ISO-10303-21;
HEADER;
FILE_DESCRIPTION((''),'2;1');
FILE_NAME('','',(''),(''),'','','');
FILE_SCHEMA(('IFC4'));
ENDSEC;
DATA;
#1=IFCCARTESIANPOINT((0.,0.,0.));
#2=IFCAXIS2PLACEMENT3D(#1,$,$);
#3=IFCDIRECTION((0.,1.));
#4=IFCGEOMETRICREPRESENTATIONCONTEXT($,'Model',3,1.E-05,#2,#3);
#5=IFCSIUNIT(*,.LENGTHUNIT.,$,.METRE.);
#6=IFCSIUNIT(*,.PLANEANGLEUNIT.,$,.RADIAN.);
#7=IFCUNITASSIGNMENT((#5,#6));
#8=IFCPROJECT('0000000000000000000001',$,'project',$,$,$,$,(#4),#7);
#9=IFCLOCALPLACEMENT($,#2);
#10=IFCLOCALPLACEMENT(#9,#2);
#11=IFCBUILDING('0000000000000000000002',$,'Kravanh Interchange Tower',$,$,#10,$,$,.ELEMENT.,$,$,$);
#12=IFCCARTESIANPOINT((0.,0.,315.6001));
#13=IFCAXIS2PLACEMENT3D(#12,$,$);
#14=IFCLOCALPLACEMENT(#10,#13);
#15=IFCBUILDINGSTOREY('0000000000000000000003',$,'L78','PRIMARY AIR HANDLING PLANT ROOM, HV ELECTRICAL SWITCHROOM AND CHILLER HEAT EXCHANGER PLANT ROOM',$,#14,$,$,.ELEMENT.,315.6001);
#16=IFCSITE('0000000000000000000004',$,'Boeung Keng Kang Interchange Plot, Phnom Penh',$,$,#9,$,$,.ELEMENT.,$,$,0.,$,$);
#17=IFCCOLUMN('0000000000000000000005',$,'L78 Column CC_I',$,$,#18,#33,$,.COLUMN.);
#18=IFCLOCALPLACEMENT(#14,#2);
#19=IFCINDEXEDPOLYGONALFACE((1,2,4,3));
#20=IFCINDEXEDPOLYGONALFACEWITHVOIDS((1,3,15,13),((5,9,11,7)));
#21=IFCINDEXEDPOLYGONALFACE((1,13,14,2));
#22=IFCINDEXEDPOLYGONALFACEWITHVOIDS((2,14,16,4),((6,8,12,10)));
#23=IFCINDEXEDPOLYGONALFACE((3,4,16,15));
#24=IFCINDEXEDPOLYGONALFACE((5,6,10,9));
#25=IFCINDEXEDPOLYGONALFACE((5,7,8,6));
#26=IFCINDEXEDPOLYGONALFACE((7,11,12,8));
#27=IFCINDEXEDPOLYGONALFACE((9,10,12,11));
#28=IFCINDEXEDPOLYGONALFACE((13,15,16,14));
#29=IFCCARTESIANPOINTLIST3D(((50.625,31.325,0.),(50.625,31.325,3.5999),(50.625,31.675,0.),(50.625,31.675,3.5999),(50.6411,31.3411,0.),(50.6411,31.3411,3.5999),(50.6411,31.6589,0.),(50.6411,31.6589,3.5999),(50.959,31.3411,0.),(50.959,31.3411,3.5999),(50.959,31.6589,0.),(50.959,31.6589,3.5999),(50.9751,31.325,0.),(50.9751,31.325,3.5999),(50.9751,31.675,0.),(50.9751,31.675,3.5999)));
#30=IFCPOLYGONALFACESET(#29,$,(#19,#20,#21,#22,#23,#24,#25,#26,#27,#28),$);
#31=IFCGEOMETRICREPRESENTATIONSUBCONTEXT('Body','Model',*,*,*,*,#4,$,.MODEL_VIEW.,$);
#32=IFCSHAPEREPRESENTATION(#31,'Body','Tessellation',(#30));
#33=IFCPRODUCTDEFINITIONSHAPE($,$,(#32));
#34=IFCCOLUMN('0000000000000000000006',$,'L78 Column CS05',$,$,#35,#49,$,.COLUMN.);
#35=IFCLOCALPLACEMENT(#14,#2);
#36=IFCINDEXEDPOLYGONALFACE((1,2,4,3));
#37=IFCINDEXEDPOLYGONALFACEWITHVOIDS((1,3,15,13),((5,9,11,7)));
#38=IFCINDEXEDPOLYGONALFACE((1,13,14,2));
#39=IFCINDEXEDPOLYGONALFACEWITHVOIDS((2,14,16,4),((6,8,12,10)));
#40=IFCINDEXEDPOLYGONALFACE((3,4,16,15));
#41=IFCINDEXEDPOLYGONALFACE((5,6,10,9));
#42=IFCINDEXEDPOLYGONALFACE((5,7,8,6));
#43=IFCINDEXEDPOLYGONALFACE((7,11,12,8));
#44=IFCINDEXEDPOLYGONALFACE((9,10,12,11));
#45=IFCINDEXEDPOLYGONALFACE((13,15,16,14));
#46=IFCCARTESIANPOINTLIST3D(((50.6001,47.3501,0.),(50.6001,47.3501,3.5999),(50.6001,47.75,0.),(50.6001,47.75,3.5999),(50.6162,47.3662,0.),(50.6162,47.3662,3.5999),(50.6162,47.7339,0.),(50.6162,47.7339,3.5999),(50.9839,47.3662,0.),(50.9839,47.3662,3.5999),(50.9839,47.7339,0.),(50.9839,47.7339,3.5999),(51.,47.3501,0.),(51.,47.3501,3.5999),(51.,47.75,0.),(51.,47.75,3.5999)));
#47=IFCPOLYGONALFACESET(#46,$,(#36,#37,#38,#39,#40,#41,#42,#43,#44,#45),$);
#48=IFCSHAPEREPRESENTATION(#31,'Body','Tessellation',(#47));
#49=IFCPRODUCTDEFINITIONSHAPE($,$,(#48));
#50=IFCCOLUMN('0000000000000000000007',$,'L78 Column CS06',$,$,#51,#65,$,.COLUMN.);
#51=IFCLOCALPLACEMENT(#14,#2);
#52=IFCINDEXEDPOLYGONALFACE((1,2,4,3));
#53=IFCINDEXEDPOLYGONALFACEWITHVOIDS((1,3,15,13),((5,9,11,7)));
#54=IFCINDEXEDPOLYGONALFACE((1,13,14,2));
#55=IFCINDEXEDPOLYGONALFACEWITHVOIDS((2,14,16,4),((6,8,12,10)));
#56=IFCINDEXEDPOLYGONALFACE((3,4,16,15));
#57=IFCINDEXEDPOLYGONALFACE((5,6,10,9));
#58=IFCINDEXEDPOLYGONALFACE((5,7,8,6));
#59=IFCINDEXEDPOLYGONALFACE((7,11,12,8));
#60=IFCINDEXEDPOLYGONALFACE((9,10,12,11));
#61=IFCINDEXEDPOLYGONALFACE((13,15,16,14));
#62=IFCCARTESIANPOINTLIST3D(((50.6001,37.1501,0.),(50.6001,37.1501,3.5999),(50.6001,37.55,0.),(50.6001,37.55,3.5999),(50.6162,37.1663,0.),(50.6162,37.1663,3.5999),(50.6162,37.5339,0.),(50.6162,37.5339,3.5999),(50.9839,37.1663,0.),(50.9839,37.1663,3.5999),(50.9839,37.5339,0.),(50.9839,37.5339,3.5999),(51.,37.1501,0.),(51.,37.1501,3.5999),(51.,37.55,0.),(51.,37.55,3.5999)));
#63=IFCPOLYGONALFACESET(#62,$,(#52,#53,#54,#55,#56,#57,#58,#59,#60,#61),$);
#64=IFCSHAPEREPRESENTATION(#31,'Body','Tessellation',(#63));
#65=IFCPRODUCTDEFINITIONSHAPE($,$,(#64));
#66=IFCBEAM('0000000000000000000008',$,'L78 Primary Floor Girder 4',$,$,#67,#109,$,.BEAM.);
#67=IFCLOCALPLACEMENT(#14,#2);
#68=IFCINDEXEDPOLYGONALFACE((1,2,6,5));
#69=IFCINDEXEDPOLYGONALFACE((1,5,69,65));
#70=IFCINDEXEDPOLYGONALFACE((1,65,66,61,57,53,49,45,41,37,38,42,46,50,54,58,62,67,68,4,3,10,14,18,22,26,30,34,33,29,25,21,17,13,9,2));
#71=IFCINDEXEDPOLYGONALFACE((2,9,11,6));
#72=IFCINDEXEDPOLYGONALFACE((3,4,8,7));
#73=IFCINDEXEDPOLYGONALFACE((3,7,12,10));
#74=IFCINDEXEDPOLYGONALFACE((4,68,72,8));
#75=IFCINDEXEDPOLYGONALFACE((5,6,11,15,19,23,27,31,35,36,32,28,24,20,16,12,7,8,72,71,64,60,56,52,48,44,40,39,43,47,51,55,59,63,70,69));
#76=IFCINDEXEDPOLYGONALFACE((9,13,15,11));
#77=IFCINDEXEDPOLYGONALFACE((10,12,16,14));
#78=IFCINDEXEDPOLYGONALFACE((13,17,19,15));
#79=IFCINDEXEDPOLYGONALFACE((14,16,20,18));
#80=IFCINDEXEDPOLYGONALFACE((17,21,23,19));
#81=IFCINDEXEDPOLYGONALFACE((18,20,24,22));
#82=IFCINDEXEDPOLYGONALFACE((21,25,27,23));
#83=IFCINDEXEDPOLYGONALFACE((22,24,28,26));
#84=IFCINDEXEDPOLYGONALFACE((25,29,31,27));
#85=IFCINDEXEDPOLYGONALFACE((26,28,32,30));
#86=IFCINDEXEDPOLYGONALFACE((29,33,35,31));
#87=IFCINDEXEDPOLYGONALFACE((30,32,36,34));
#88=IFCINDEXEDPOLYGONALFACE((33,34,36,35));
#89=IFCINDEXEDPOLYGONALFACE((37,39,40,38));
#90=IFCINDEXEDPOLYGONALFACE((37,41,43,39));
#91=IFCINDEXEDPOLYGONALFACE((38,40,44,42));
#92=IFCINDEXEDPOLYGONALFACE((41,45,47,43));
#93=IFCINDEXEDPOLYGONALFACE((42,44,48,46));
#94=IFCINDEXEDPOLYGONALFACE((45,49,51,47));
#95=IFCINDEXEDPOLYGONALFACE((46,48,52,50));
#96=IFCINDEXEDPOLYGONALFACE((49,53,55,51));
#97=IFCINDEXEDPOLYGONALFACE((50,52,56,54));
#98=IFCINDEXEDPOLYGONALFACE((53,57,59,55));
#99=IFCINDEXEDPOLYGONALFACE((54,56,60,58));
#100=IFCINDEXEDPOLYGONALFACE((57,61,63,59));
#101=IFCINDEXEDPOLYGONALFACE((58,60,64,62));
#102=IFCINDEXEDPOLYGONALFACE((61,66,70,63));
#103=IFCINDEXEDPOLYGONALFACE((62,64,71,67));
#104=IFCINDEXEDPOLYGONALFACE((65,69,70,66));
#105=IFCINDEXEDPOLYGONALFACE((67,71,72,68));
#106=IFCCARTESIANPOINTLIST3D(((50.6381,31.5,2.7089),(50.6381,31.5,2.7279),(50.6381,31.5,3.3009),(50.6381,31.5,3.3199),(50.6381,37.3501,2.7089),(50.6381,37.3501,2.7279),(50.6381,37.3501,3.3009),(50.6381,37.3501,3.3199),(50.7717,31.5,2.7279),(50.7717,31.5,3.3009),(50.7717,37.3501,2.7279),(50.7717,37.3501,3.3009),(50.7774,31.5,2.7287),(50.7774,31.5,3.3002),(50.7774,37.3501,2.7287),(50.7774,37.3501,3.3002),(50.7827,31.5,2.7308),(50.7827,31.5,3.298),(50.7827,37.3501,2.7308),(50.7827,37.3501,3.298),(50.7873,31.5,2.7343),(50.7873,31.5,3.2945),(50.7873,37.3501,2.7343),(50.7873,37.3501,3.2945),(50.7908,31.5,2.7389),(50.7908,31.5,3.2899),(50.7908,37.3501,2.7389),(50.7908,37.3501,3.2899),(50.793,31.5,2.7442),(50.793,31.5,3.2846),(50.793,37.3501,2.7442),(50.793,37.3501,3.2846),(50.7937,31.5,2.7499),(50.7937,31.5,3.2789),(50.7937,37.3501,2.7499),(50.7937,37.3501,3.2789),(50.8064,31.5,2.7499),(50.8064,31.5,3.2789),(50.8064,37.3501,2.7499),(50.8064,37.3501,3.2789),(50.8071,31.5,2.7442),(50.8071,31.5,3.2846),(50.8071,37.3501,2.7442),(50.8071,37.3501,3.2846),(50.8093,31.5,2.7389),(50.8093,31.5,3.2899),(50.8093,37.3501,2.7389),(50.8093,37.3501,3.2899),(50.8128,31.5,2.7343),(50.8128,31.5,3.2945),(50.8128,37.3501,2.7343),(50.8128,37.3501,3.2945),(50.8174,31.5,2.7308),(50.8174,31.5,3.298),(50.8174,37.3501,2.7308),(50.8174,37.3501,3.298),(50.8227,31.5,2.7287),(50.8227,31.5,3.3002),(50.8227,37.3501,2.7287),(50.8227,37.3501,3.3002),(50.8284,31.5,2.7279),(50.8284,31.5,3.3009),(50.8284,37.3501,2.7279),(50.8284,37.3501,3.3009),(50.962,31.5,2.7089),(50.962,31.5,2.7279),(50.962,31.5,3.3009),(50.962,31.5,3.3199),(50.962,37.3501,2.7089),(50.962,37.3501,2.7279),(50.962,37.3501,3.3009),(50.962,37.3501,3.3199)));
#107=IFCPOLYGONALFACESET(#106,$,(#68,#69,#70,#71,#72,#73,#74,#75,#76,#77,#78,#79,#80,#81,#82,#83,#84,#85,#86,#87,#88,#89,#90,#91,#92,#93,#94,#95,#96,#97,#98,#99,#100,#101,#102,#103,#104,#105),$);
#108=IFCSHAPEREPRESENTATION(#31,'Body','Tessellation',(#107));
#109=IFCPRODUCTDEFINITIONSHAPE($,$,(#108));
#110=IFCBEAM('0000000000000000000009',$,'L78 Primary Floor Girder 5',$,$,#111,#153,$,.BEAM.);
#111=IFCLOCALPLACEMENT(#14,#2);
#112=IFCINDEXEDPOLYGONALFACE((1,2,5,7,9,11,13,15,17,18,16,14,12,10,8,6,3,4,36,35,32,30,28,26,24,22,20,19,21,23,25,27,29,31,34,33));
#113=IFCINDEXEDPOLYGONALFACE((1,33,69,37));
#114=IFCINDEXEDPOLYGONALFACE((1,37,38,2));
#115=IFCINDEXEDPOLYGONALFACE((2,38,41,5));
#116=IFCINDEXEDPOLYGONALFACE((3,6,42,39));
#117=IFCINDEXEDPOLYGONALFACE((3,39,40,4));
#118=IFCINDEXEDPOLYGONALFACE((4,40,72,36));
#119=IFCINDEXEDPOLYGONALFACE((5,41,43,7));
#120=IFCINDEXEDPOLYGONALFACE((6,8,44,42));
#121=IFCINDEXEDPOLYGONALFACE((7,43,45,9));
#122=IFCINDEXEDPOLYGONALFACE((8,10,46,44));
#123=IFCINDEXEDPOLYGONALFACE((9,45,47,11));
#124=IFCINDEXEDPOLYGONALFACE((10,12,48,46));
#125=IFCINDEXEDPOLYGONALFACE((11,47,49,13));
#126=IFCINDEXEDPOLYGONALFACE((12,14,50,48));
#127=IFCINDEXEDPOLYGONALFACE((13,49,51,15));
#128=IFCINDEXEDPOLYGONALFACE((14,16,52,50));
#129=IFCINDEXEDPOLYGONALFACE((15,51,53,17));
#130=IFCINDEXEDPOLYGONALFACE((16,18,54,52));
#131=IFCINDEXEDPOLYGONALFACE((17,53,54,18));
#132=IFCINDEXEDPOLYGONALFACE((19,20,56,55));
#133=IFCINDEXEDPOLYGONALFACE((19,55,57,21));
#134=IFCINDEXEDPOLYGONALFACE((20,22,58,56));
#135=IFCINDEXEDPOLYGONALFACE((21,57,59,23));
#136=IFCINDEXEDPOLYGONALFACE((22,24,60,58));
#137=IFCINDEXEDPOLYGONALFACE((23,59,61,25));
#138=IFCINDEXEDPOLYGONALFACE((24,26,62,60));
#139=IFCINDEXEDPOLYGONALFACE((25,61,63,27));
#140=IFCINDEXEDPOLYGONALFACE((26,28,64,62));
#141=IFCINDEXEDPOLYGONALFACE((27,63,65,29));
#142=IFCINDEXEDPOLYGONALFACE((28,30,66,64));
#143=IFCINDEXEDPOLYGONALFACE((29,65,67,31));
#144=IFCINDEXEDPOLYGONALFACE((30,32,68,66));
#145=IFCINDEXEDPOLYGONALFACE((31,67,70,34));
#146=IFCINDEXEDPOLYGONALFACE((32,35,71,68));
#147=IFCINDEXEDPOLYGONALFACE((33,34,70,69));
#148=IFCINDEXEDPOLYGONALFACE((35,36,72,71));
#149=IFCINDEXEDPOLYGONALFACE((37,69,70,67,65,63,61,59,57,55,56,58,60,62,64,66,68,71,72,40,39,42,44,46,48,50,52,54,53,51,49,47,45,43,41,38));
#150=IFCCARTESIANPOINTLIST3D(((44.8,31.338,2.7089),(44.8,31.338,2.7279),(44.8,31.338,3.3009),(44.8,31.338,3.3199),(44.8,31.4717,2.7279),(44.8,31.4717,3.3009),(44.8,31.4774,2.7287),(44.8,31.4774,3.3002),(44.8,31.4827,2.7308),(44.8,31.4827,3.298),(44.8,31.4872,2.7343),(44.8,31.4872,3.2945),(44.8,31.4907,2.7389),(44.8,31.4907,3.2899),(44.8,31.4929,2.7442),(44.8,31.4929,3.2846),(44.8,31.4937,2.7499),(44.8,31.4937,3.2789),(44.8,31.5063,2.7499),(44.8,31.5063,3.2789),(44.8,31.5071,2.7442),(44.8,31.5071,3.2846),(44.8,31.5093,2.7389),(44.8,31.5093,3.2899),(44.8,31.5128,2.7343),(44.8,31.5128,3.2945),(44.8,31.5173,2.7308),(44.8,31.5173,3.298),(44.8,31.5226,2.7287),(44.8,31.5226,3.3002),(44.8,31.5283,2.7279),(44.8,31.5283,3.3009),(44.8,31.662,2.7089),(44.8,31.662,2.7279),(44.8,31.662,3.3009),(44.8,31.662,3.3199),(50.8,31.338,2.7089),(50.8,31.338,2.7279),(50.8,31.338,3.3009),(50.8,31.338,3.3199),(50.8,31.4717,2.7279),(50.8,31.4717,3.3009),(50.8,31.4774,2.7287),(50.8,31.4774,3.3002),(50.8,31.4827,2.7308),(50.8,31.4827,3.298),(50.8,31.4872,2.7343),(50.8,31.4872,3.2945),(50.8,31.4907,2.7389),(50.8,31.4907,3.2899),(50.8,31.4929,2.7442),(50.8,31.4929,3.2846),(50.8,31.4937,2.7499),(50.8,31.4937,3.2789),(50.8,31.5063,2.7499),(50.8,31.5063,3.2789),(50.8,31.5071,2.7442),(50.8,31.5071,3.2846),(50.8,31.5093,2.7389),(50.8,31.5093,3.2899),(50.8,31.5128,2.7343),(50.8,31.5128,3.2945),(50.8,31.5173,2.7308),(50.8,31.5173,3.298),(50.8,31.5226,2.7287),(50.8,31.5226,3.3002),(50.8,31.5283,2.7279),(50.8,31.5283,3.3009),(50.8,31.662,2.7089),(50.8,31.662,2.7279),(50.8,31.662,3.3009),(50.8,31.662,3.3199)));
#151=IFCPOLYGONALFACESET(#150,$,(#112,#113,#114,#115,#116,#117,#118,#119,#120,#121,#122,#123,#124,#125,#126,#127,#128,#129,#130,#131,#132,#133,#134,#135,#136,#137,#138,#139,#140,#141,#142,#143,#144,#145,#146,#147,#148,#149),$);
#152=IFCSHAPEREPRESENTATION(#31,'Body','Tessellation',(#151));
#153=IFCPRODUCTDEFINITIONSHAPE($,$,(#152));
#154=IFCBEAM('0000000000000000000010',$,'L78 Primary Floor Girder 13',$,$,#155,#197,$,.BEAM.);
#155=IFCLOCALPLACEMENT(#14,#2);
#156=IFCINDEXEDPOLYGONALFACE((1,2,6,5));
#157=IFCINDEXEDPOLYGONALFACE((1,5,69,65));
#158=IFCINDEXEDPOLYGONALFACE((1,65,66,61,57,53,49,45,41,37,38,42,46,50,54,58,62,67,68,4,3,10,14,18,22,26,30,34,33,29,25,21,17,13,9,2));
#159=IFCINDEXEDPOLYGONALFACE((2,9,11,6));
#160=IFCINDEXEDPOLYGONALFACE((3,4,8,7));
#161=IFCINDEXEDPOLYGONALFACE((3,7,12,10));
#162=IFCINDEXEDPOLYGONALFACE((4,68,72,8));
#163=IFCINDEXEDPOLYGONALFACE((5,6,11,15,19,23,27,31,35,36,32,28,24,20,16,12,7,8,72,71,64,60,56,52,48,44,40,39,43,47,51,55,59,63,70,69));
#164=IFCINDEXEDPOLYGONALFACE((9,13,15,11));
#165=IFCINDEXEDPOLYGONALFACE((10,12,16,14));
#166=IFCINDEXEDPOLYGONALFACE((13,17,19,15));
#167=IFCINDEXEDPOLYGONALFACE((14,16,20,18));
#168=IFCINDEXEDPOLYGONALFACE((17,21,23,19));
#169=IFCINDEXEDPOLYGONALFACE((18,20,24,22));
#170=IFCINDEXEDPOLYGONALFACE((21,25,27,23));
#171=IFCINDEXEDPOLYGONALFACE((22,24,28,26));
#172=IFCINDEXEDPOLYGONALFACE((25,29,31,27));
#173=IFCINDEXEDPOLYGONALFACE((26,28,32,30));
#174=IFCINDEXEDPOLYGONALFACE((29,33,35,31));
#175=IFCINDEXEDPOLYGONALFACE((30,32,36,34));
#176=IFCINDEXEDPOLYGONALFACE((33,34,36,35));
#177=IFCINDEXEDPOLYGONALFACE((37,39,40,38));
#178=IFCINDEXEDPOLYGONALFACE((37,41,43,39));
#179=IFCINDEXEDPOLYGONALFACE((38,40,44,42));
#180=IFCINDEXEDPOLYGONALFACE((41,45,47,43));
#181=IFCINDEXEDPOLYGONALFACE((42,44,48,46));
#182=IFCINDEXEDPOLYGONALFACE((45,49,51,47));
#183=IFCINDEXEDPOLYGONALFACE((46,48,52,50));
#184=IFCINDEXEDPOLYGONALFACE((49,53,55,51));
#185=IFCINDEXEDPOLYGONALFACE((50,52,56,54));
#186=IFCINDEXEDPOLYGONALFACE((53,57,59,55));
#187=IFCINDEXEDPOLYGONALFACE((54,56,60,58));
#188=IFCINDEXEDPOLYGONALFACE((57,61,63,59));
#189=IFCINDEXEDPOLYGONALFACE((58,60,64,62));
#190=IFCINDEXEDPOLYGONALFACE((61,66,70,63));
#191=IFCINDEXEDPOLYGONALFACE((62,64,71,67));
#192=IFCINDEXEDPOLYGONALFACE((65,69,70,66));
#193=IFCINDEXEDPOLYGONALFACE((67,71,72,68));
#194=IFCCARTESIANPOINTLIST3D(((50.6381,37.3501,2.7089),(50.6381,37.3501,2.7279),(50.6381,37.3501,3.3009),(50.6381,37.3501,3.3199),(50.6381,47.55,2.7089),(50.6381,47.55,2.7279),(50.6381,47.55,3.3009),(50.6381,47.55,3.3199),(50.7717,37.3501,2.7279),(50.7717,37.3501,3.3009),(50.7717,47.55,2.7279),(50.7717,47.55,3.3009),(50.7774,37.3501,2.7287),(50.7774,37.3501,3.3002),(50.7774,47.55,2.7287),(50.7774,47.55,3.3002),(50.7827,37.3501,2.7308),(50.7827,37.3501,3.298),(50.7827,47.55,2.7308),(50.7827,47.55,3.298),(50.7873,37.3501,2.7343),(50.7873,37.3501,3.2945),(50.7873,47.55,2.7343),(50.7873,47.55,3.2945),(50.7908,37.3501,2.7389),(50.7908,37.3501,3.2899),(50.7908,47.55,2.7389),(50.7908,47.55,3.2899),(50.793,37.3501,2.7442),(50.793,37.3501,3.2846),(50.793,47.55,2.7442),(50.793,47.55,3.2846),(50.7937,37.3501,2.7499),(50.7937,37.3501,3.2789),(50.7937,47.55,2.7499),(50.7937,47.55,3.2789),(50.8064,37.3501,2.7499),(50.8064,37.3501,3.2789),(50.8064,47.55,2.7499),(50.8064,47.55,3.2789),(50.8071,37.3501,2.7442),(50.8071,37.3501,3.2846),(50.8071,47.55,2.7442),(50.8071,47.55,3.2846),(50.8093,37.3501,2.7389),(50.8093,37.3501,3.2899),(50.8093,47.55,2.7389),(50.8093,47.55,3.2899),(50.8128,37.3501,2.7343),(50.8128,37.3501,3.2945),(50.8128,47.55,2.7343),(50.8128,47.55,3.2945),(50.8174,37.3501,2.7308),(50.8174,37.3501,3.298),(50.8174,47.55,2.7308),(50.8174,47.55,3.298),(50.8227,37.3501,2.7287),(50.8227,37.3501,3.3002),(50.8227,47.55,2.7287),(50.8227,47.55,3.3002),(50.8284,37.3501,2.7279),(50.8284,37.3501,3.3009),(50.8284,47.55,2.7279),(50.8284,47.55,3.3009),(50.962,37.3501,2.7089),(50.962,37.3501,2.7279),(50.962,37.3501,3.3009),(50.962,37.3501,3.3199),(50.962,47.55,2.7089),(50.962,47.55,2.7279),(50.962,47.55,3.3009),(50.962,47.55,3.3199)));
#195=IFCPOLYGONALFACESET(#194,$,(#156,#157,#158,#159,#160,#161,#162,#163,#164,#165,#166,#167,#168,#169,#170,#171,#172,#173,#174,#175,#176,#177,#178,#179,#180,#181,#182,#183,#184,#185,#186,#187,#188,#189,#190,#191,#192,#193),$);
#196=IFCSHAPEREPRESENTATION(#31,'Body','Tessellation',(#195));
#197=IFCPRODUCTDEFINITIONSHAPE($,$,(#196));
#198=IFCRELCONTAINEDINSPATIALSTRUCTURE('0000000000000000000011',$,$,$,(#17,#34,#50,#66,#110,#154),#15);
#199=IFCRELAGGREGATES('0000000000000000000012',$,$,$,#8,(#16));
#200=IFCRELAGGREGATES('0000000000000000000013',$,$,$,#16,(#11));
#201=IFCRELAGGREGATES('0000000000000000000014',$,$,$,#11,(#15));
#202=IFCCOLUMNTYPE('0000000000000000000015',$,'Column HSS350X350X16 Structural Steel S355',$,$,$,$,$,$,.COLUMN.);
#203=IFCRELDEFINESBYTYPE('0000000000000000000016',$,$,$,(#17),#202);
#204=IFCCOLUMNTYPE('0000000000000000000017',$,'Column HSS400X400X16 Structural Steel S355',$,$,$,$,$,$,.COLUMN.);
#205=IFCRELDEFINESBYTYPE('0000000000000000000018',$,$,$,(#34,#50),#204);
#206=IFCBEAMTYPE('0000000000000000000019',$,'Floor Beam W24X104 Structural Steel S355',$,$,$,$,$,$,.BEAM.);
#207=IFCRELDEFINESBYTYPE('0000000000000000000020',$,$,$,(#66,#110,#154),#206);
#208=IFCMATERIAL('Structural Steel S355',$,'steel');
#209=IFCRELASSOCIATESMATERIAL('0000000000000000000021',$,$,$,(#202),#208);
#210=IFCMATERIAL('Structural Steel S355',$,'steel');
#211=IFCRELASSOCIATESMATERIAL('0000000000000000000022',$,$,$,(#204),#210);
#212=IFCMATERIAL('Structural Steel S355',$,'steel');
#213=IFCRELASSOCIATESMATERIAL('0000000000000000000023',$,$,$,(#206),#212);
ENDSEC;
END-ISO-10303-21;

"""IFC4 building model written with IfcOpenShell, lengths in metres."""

from ifc_helpers import new_model, si_unit, direction, frame, origin, origin_2d, place, context, subcontext, project, spatial, hollow_rectangle, i_section, extrude, material, material_profile, profile_set, type_object, element, save


model = new_model("IFC4")

# Units and contexts
model_context = context("Model", 3, precision=1e-05, world=origin(), true_north=direction((0.0, 1.0)))
body_context = subcontext(model_context, "Body", "Model", "MODEL_VIEW")
ifc_project = project(units=[si_unit("LENGTHUNIT", "METRE"), si_unit("PLANEANGLEUNIT", "RADIAN")], contexts=[model_context])

# Site, building, storey
site_placement = place(None, origin())
site = spatial("IfcSite", under=ifc_project, at=site_placement, Name="Boeung Keng Kang Interchange Plot, Phnom Penh", CompositionType="ELEMENT", RefElevation=0.0)
building_placement = place(site_placement, origin())
building = spatial("IfcBuilding", under=site, at=building_placement, Name="Kravanh Interchange Tower", CompositionType="ELEMENT")
storey_placement = place(building_placement, frame((0.0, 0.0, 315.6001)))
storey = spatial("IfcBuildingStorey", under=building, at=storey_placement, Name="L78", Description="PRIMARY AIR HANDLING PLANT ROOM, HV ELECTRICAL SWITCHROOM AND CHILLER HEAT EXCHANGER PLANT ROOM", CompositionType="ELEMENT", Elevation=315.6001)

# Columns
ifc_material_1 = material(Name="Structural Steel S355", Category="steel")
ifc_material_profile_1 = material_profile(ifc_material_1, hollow_rectangle(XDim=0.3501, YDim=0.3501, WallThickness=0.0161, at=origin_2d()), Name="HSS350X350X16")
ifc_profile_set_1 = profile_set([ifc_material_profile_1], Name="Structural Steel S355")
column_type_1 = type_object("IfcColumnType", Name="Column HSS350X350X16 Structural Steel S355", PredefinedType="COLUMN", material=ifc_profile_set_1)
column_placement = place(storey_placement, frame((50.8, 31.5, 0.0), z_axis=(0.0, 0.0, 1.0), x_axis=(1.0, 0.0, 0.0)))
element("IfcColumn", 1, at=column_placement, inside=storey, type_object=column_type_1, Name="L78 Column CC_I", PredefinedType="COLUMN", context=body_context, shape_type="SweptSolid", body=[
    extrude(hollow_rectangle(XDim=0.3501, YDim=0.3501, WallThickness=0.0161, at=origin_2d()), origin(), (0.0, 0.0, 1.0), 3.5999),
])
ifc_material_2 = material(Name="Structural Steel S355", Category="steel")
ifc_material_profile_2 = material_profile(ifc_material_2, hollow_rectangle(XDim=0.3999, YDim=0.3999, WallThickness=0.0161, at=origin_2d()), Name="HSS400X400X16")
ifc_profile_set_2 = profile_set([ifc_material_profile_2], Name="Structural Steel S355")
column_type_2 = type_object("IfcColumnType", Name="Column HSS400X400X16 Structural Steel S355", PredefinedType="COLUMN", material=ifc_profile_set_2)
for number, where, z_axis, x_axis, name in (
    (2, (50.8, 47.55, 0.0), (0.0, 0.0, 1.0), (1.0, 0.0, 0.0), "L78 Column CS05"),
    (3, (50.8, 37.3501, 0.0), (0.0, 0.0, 1.0), (1.0, 0.0, 0.0), "L78 Column CS06"),
):
    element("IfcColumn", number, at=place(storey_placement, frame(where, z_axis=z_axis, x_axis=x_axis)), inside=storey, type_object=column_type_2, Name=name, PredefinedType="COLUMN", context=body_context, shape_type="SweptSolid", body=[
        extrude(hollow_rectangle(XDim=0.3999, YDim=0.3999, WallThickness=0.0161, at=origin_2d()), origin(), (0.0, 0.0, 1.0), 3.5999),
    ])

# Beams
ifc_material_3 = material(Name="Structural Steel S355", Category="steel")
ifc_material_profile_3 = material_profile(ifc_material_3, i_section(OverallWidth=0.324, OverallDepth=0.6111, WebThickness=0.0127, FlangeThickness=0.019, FilletRadius=0.022, at=origin_2d()), Name="W24X104")
ifc_profile_set_3 = profile_set([ifc_material_profile_3], Name="Structural Steel S355")
beam_type_1 = type_object("IfcBeamType", Name="Floor Beam W24X104 Structural Steel S355", PredefinedType="BEAM", material=ifc_profile_set_3)
beam_1_placement = place(storey_placement, frame((50.8, 31.5, 3.0144), z_axis=(0.0, 1.0, 0.0), x_axis=(-1.0, 0.0, 0.0)))
element("IfcBeam", 4, at=beam_1_placement, inside=storey, type_object=beam_type_1, Name="L78 Primary Floor Girder 4", PredefinedType="BEAM", context=body_context, shape_type="SweptSolid", body=[
    extrude(i_section(OverallWidth=0.324, OverallDepth=0.6111, WebThickness=0.0127, FlangeThickness=0.019, FilletRadius=0.022, at=origin_2d()), origin(), (0.0, 0.0, 1.0), 5.8501),
])
beam_2_placement = place(storey_placement, frame((50.8, 31.5, 3.0144), z_axis=(-1.0, 0.0, 0.0), x_axis=(0.0, -1.0, 0.0)))
element("IfcBeam", 5, at=beam_2_placement, inside=storey, type_object=beam_type_1, Name="L78 Primary Floor Girder 5", PredefinedType="BEAM", context=body_context, shape_type="SweptSolid", body=[
    extrude(i_section(OverallWidth=0.324, OverallDepth=0.6111, WebThickness=0.0127, FlangeThickness=0.019, FilletRadius=0.022, at=origin_2d()), origin(), (0.0, 0.0, 1.0), 6.0),
])
beam_3_placement = place(storey_placement, frame((50.8, 47.55, 3.0144), z_axis=(0.0, -1.0, 0.0), x_axis=(1.0, 0.0, 0.0)))
element("IfcBeam", 6, at=beam_3_placement, inside=storey, type_object=beam_type_1, Name="L78 Primary Floor Girder 13", PredefinedType="BEAM", context=body_context, shape_type="SweptSolid", body=[
    extrude(i_section(OverallWidth=0.324, OverallDepth=0.6111, WebThickness=0.0127, FlangeThickness=0.019, FilletRadius=0.022, at=origin_2d()), origin(), (0.0, 0.0, 1.0), 10.2),
])

save(model, "model.ifc")
